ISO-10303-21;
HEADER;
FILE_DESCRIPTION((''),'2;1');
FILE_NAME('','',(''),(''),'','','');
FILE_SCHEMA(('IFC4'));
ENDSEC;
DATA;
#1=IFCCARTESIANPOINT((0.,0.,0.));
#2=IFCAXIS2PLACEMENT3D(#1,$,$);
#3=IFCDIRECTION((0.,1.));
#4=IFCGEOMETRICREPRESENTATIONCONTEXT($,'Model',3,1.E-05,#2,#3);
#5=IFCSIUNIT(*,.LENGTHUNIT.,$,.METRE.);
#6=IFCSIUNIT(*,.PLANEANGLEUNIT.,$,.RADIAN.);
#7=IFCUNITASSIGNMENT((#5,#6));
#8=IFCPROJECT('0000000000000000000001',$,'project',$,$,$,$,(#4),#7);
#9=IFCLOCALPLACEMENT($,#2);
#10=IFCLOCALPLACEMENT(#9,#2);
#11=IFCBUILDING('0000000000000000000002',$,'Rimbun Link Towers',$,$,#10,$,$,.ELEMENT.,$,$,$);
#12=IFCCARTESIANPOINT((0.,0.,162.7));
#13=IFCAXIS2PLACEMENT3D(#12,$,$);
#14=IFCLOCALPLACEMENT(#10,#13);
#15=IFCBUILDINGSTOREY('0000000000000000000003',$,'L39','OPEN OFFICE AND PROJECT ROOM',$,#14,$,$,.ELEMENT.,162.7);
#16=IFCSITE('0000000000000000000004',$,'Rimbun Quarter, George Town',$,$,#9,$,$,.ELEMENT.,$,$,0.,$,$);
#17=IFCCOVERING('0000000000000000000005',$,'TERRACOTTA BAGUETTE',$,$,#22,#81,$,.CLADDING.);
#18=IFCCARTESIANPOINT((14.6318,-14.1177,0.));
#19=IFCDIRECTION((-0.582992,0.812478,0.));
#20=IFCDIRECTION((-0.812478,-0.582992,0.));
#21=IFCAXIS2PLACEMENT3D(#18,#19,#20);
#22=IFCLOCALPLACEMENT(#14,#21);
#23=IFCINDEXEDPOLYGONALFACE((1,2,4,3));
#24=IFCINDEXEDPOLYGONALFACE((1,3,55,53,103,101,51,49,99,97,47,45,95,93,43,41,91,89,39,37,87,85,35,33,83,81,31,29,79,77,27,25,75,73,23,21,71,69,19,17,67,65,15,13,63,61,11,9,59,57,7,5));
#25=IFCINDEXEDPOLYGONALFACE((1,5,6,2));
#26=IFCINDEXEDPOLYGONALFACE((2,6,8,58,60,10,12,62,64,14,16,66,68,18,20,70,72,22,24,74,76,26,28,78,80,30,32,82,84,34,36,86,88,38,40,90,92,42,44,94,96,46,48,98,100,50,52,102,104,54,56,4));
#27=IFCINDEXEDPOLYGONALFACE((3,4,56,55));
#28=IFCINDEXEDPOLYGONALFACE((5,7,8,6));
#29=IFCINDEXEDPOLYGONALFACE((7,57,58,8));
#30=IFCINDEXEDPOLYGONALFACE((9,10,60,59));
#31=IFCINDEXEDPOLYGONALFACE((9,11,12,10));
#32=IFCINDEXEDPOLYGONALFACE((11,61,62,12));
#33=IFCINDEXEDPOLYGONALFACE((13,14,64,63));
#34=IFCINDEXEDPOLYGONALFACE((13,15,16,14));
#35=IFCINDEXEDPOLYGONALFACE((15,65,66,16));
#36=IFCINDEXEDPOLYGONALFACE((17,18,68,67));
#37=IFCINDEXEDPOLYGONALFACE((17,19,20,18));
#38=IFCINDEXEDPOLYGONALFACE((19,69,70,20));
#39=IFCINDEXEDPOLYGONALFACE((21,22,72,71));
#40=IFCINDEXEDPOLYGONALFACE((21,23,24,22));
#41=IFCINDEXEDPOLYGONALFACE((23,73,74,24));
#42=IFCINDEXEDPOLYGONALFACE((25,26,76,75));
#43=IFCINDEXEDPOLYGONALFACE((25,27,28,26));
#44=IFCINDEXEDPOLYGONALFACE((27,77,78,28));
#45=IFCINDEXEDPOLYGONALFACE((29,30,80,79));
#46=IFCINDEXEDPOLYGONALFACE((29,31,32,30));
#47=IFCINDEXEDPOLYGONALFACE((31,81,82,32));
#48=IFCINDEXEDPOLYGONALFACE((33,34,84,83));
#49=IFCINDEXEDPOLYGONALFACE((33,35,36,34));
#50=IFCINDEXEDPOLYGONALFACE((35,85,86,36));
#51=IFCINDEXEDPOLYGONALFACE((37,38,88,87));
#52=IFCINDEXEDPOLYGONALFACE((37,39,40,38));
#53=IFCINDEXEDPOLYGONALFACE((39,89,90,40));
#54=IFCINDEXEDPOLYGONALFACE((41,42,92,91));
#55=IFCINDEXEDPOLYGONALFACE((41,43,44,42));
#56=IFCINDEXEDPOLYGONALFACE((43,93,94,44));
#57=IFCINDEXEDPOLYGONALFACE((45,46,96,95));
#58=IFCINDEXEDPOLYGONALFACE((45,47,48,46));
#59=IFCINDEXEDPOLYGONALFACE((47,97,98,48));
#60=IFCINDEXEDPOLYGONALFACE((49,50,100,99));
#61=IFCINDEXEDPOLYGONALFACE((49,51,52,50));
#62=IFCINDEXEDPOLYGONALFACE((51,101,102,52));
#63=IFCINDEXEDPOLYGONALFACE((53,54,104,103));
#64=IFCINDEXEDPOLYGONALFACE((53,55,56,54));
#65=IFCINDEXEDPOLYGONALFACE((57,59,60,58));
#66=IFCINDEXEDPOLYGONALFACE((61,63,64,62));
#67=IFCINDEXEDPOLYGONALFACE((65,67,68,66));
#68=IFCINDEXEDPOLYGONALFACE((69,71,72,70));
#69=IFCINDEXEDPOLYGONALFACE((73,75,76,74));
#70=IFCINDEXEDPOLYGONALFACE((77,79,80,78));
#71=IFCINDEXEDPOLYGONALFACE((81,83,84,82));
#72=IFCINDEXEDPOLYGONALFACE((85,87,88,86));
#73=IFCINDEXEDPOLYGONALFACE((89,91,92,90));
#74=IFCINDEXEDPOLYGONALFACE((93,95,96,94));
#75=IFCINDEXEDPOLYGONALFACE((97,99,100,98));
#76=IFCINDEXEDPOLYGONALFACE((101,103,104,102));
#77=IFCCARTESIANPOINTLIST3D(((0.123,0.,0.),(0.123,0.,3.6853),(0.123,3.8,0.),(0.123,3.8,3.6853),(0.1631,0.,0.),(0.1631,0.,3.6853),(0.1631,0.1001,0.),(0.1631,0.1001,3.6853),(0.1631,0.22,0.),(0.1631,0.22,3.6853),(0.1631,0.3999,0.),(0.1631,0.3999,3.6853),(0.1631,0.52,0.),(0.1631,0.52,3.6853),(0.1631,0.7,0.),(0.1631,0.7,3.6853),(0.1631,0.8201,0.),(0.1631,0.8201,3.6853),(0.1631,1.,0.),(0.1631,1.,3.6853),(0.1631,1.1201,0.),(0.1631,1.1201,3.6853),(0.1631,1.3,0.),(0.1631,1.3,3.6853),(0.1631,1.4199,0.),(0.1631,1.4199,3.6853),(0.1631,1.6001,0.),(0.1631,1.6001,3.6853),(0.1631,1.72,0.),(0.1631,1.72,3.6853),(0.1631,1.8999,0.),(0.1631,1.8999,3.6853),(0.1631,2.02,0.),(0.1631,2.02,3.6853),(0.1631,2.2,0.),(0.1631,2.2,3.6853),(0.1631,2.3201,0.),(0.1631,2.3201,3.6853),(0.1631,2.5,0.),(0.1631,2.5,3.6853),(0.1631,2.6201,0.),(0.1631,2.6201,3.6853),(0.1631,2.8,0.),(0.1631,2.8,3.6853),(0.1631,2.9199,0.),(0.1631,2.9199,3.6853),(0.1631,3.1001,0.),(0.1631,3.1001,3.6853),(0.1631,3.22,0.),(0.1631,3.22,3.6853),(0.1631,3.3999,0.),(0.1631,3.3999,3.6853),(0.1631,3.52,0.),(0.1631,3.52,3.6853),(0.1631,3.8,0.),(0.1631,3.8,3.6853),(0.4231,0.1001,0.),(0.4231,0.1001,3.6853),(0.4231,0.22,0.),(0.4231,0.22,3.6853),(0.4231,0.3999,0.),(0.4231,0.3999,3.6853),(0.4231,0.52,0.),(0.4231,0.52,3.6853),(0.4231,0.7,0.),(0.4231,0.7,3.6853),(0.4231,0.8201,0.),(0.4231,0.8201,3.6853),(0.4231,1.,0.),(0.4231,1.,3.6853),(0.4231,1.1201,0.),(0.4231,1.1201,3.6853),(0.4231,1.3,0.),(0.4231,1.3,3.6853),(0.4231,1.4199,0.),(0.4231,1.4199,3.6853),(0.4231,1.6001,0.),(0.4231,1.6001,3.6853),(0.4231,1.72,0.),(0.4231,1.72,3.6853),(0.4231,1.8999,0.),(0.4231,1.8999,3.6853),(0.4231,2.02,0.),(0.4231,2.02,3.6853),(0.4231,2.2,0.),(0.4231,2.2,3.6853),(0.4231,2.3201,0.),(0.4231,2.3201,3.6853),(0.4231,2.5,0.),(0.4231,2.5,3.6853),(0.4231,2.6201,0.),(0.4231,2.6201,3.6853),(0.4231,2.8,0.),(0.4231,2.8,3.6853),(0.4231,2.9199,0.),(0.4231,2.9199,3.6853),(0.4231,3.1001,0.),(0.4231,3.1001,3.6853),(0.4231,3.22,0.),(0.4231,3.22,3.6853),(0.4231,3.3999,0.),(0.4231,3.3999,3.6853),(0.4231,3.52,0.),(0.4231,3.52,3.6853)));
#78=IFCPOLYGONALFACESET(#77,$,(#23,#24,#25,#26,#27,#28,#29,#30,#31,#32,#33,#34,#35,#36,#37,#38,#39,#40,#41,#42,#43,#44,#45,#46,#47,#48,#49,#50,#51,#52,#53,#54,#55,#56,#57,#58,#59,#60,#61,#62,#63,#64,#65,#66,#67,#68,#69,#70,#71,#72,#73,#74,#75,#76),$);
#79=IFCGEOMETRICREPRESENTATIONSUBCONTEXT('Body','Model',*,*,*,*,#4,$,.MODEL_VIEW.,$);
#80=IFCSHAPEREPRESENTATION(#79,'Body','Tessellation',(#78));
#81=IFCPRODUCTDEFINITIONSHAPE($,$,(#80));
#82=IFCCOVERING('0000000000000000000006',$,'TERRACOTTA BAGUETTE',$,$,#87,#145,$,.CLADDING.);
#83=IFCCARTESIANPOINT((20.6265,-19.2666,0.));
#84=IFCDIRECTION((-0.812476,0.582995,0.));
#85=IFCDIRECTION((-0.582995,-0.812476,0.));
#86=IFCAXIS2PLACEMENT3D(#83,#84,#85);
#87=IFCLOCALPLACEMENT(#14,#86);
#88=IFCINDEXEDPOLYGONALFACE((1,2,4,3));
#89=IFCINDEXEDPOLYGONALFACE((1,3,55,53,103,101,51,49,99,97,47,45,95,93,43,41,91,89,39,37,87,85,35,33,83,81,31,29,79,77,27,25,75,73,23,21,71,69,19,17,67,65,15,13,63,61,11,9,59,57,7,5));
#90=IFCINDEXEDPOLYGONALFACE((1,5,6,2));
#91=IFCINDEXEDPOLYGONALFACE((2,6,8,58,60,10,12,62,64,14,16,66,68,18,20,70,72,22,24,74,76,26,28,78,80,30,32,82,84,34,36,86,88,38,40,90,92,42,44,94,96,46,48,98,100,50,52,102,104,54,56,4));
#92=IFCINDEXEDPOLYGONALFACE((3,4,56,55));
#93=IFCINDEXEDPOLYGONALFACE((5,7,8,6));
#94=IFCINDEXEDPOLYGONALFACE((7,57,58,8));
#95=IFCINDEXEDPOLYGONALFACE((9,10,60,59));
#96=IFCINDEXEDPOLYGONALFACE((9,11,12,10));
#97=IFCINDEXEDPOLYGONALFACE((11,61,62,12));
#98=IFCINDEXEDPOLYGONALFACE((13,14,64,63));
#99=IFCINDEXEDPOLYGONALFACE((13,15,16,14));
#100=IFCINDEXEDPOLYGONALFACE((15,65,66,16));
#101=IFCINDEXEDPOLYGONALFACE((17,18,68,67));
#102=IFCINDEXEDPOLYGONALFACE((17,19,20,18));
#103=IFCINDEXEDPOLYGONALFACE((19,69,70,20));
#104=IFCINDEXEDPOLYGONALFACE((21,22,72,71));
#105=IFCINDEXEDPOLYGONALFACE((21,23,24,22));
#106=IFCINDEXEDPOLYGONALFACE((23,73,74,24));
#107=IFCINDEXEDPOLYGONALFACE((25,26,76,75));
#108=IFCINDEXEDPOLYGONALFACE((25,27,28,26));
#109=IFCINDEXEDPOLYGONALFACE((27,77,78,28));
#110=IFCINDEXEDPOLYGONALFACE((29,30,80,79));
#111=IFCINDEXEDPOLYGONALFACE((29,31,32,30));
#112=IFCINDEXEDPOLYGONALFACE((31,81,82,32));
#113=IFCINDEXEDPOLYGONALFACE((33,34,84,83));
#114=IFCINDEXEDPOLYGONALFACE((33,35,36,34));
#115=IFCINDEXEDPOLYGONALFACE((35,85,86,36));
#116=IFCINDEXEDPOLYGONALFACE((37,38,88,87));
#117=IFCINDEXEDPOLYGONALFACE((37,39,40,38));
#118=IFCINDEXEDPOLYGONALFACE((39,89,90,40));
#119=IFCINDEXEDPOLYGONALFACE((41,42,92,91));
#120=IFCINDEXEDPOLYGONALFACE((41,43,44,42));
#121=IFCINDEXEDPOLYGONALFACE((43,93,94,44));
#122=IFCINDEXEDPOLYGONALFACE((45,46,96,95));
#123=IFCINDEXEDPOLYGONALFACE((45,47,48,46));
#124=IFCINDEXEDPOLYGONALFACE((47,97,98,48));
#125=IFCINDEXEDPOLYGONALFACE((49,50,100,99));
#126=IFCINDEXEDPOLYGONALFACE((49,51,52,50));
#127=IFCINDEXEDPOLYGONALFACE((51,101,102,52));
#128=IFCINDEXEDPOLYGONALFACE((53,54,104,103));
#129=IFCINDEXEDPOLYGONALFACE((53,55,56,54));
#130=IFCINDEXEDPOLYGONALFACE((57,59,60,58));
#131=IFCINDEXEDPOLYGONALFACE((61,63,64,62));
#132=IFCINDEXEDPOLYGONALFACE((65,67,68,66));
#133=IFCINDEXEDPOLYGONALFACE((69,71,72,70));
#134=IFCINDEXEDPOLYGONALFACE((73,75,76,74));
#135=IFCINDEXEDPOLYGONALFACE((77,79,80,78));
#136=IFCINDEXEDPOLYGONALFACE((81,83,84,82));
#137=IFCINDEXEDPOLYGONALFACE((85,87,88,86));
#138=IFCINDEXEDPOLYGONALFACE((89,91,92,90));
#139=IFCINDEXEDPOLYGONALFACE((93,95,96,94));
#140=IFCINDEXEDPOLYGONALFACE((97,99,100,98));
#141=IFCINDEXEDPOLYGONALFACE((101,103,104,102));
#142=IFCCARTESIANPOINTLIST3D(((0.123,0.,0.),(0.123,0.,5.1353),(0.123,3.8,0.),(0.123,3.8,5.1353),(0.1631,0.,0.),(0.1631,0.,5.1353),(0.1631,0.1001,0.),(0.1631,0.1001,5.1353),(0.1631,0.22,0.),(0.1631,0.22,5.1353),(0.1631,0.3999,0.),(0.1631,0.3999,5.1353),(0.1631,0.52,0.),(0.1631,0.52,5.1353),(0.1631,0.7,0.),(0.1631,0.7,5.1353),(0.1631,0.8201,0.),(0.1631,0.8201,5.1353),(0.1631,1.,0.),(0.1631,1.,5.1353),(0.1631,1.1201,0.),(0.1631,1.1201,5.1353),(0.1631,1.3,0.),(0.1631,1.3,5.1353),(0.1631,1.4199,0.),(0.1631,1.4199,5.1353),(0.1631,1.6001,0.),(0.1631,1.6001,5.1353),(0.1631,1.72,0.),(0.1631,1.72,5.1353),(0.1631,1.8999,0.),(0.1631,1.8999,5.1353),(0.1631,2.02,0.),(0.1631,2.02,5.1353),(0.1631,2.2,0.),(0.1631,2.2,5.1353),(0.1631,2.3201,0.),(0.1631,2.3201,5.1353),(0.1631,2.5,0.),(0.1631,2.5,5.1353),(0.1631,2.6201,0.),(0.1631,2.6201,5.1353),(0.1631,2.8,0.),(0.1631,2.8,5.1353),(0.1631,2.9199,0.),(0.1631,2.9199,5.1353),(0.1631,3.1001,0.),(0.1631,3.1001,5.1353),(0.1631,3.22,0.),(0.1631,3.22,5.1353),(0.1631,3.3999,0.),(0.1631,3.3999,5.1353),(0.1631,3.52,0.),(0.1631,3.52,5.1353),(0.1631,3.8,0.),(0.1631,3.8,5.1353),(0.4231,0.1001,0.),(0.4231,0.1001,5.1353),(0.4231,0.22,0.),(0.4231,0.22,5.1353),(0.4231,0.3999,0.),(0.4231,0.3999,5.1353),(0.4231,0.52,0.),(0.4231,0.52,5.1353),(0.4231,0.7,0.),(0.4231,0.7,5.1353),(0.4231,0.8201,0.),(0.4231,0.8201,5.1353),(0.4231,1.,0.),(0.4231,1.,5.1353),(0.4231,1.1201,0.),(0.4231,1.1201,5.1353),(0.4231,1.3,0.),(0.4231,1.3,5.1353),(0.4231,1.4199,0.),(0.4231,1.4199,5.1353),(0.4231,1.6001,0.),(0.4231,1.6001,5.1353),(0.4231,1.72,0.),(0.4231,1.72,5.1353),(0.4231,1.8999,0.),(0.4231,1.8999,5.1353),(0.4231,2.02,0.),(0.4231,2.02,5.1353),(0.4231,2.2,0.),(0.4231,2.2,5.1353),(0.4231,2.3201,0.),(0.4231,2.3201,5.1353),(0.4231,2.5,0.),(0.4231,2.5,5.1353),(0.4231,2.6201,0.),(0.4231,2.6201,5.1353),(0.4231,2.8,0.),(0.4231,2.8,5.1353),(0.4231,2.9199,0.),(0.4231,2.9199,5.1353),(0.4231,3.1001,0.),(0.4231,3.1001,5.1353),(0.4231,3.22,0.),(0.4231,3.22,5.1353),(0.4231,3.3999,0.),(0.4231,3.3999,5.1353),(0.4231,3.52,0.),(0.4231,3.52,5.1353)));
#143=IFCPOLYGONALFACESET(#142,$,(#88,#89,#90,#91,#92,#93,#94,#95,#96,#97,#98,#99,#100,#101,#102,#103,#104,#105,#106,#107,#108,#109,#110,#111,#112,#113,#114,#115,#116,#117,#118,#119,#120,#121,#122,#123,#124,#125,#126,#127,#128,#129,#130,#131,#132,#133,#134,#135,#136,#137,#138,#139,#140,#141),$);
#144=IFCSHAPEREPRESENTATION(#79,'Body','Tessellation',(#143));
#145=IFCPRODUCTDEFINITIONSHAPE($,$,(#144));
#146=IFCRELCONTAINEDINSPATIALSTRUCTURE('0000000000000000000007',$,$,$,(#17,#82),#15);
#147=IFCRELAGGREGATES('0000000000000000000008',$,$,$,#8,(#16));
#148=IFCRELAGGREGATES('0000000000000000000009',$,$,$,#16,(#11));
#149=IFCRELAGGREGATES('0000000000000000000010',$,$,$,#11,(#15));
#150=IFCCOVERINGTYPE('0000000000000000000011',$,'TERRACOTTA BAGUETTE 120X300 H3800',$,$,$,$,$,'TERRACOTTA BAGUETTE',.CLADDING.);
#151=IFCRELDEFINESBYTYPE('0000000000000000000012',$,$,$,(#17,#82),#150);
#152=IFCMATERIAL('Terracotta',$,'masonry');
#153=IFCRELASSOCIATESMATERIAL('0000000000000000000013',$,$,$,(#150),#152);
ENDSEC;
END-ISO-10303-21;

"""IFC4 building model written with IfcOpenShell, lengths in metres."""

from ifc_helpers import new_model, si_unit, direction, frame, origin, place, context, subcontext, project, spatial, polyline, outline, extrude, material, material_profile, profile_set, type_object, element, save


model = new_model("IFC4")

# Units and contexts
model_context = context("Model", 3, precision=1e-05, world=origin(), true_north=direction((0.0, 1.0)))
body_context = subcontext(model_context, "Body", "Model", "MODEL_VIEW")
ifc_project = project(units=[si_unit("LENGTHUNIT", "METRE"), si_unit("PLANEANGLEUNIT", "RADIAN")], contexts=[model_context])

# Site, building, storey
site_placement = place(None, origin())
site = spatial("IfcSite", under=ifc_project, at=site_placement, Name="Rimbun Quarter, George Town", CompositionType="ELEMENT", RefElevation=0.0)
building_placement = place(site_placement, origin())
building = spatial("IfcBuilding", under=site, at=building_placement, Name="Rimbun Link Towers", CompositionType="ELEMENT")
storey_placement = place(building_placement, frame((0.0, 0.0, 162.7)))
storey = spatial("IfcBuildingStorey", under=building, at=storey_placement, Name="L39", Description="OPEN OFFICE AND PROJECT ROOM", CompositionType="ELEMENT", Elevation=162.7)

# Coverings
ifc_material_1 = material(Name="Terracotta", Category="masonry")
ifc_material_profile_1 = material_profile(ifc_material_1, outline(polyline([(0.123, 0.0), (0.1631, 0.0), (0.1631, 0.1001), (0.4231, 0.1001), (0.4231, 0.22), (0.1631, 0.22), (0.1631, 0.3999), (0.4231, 0.3999), (0.4231, 0.52), (0.1631, 0.52), (0.1631, 0.7), (0.4231, 0.7), (0.4231, 0.8201), (0.1631, 0.8201), (0.1631, 1.0), (0.4231, 1.0), (0.4231, 1.1201), (0.1631, 1.1201), (0.1631, 1.3), (0.4231, 1.3), (0.4231, 1.4199), (0.1631, 1.4199), (0.1631, 1.6001), (0.4231, 1.6001), (0.4231, 1.72), (0.1631, 1.72), (0.1631, 1.8999), (0.4231, 1.8999), (0.4231, 2.02), (0.1631, 2.02), (0.1631, 2.2), (0.4231, 2.2), (0.4231, 2.3201), (0.1631, 2.3201), (0.1631, 2.5), (0.4231, 2.5), (0.4231, 2.6201), (0.1631, 2.6201), (0.1631, 2.8), (0.4231, 2.8), (0.4231, 2.9199), (0.1631, 2.9199), (0.1631, 3.1001), (0.4231, 3.1001), (0.4231, 3.22), (0.1631, 3.22), (0.1631, 3.3999), (0.4231, 3.3999), (0.4231, 3.52), (0.1631, 3.52), (0.1631, 3.8), (0.123, 3.8), (0.123, 0.0)])), Name="BAGUETTE 120X300")
ifc_profile_set_1 = profile_set([ifc_material_profile_1], Name="Terracotta")
covering_type = type_object("IfcCoveringType", Name="TERRACOTTA BAGUETTE 120X300 H3800", ElementType="TERRACOTTA BAGUETTE", PredefinedType="CLADDING", material=ifc_profile_set_1)
covering_1_placement = place(storey_placement, frame((14.6318, -14.1177, 0.0), z_axis=(-0.582992, 0.812478, 0.0), x_axis=(-0.812478, -0.582992, 0.0)))
element("IfcCovering", 1, at=covering_1_placement, inside=storey, type_object=covering_type, Name="TERRACOTTA BAGUETTE", PredefinedType="CLADDING", context=body_context, shape_type="SweptSolid", body=[
    extrude(outline(polyline([(0.123, 0.0), (0.1631, 0.0), (0.1631, 0.1001), (0.4231, 0.1001), (0.4231, 0.22), (0.1631, 0.22), (0.1631, 0.3999), (0.4231, 0.3999), (0.4231, 0.52), (0.1631, 0.52), (0.1631, 0.7), (0.4231, 0.7), (0.4231, 0.8201), (0.1631, 0.8201), (0.1631, 1.0), (0.4231, 1.0), (0.4231, 1.1201), (0.1631, 1.1201), (0.1631, 1.3), (0.4231, 1.3), (0.4231, 1.4199), (0.1631, 1.4199), (0.1631, 1.6001), (0.4231, 1.6001), (0.4231, 1.72), (0.1631, 1.72), (0.1631, 1.8999), (0.4231, 1.8999), (0.4231, 2.02), (0.1631, 2.02), (0.1631, 2.2), (0.4231, 2.2), (0.4231, 2.3201), (0.1631, 2.3201), (0.1631, 2.5), (0.4231, 2.5), (0.4231, 2.6201), (0.1631, 2.6201), (0.1631, 2.8), (0.4231, 2.8), (0.4231, 2.9199), (0.1631, 2.9199), (0.1631, 3.1001), (0.4231, 3.1001), (0.4231, 3.22), (0.1631, 3.22), (0.1631, 3.3999), (0.4231, 3.3999), (0.4231, 3.52), (0.1631, 3.52), (0.1631, 3.8), (0.123, 3.8), (0.123, 0.0)])), origin(), (0.0, 0.0, 1.0), 3.6853),
])
covering_2_placement = place(storey_placement, frame((20.6265, -19.2666, 0.0), z_axis=(-0.812476, 0.582995, 0.0), x_axis=(-0.582995, -0.812476, 0.0)))
element("IfcCovering", 2, at=covering_2_placement, inside=storey, type_object=covering_type, Name="TERRACOTTA BAGUETTE", PredefinedType="CLADDING", context=body_context, shape_type="SweptSolid", body=[
    extrude(outline(polyline([(0.123, 0.0), (0.1631, 0.0), (0.1631, 0.1001), (0.4231, 0.1001), (0.4231, 0.22), (0.1631, 0.22), (0.1631, 0.3999), (0.4231, 0.3999), (0.4231, 0.52), (0.1631, 0.52), (0.1631, 0.7), (0.4231, 0.7), (0.4231, 0.8201), (0.1631, 0.8201), (0.1631, 1.0), (0.4231, 1.0), (0.4231, 1.1201), (0.1631, 1.1201), (0.1631, 1.3), (0.4231, 1.3), (0.4231, 1.4199), (0.1631, 1.4199), (0.1631, 1.6001), (0.4231, 1.6001), (0.4231, 1.72), (0.1631, 1.72), (0.1631, 1.8999), (0.4231, 1.8999), (0.4231, 2.02), (0.1631, 2.02), (0.1631, 2.2), (0.4231, 2.2), (0.4231, 2.3201), (0.1631, 2.3201), (0.1631, 2.5), (0.4231, 2.5), (0.4231, 2.6201), (0.1631, 2.6201), (0.1631, 2.8), (0.4231, 2.8), (0.4231, 2.9199), (0.1631, 2.9199), (0.1631, 3.1001), (0.4231, 3.1001), (0.4231, 3.22), (0.1631, 3.22), (0.1631, 3.3999), (0.4231, 3.3999), (0.4231, 3.52), (0.1631, 3.52), (0.1631, 3.8), (0.123, 3.8), (0.123, 0.0)])), origin(), (0.0, 0.0, 1.0), 5.1353),
])

save(model, "model.ifc")
